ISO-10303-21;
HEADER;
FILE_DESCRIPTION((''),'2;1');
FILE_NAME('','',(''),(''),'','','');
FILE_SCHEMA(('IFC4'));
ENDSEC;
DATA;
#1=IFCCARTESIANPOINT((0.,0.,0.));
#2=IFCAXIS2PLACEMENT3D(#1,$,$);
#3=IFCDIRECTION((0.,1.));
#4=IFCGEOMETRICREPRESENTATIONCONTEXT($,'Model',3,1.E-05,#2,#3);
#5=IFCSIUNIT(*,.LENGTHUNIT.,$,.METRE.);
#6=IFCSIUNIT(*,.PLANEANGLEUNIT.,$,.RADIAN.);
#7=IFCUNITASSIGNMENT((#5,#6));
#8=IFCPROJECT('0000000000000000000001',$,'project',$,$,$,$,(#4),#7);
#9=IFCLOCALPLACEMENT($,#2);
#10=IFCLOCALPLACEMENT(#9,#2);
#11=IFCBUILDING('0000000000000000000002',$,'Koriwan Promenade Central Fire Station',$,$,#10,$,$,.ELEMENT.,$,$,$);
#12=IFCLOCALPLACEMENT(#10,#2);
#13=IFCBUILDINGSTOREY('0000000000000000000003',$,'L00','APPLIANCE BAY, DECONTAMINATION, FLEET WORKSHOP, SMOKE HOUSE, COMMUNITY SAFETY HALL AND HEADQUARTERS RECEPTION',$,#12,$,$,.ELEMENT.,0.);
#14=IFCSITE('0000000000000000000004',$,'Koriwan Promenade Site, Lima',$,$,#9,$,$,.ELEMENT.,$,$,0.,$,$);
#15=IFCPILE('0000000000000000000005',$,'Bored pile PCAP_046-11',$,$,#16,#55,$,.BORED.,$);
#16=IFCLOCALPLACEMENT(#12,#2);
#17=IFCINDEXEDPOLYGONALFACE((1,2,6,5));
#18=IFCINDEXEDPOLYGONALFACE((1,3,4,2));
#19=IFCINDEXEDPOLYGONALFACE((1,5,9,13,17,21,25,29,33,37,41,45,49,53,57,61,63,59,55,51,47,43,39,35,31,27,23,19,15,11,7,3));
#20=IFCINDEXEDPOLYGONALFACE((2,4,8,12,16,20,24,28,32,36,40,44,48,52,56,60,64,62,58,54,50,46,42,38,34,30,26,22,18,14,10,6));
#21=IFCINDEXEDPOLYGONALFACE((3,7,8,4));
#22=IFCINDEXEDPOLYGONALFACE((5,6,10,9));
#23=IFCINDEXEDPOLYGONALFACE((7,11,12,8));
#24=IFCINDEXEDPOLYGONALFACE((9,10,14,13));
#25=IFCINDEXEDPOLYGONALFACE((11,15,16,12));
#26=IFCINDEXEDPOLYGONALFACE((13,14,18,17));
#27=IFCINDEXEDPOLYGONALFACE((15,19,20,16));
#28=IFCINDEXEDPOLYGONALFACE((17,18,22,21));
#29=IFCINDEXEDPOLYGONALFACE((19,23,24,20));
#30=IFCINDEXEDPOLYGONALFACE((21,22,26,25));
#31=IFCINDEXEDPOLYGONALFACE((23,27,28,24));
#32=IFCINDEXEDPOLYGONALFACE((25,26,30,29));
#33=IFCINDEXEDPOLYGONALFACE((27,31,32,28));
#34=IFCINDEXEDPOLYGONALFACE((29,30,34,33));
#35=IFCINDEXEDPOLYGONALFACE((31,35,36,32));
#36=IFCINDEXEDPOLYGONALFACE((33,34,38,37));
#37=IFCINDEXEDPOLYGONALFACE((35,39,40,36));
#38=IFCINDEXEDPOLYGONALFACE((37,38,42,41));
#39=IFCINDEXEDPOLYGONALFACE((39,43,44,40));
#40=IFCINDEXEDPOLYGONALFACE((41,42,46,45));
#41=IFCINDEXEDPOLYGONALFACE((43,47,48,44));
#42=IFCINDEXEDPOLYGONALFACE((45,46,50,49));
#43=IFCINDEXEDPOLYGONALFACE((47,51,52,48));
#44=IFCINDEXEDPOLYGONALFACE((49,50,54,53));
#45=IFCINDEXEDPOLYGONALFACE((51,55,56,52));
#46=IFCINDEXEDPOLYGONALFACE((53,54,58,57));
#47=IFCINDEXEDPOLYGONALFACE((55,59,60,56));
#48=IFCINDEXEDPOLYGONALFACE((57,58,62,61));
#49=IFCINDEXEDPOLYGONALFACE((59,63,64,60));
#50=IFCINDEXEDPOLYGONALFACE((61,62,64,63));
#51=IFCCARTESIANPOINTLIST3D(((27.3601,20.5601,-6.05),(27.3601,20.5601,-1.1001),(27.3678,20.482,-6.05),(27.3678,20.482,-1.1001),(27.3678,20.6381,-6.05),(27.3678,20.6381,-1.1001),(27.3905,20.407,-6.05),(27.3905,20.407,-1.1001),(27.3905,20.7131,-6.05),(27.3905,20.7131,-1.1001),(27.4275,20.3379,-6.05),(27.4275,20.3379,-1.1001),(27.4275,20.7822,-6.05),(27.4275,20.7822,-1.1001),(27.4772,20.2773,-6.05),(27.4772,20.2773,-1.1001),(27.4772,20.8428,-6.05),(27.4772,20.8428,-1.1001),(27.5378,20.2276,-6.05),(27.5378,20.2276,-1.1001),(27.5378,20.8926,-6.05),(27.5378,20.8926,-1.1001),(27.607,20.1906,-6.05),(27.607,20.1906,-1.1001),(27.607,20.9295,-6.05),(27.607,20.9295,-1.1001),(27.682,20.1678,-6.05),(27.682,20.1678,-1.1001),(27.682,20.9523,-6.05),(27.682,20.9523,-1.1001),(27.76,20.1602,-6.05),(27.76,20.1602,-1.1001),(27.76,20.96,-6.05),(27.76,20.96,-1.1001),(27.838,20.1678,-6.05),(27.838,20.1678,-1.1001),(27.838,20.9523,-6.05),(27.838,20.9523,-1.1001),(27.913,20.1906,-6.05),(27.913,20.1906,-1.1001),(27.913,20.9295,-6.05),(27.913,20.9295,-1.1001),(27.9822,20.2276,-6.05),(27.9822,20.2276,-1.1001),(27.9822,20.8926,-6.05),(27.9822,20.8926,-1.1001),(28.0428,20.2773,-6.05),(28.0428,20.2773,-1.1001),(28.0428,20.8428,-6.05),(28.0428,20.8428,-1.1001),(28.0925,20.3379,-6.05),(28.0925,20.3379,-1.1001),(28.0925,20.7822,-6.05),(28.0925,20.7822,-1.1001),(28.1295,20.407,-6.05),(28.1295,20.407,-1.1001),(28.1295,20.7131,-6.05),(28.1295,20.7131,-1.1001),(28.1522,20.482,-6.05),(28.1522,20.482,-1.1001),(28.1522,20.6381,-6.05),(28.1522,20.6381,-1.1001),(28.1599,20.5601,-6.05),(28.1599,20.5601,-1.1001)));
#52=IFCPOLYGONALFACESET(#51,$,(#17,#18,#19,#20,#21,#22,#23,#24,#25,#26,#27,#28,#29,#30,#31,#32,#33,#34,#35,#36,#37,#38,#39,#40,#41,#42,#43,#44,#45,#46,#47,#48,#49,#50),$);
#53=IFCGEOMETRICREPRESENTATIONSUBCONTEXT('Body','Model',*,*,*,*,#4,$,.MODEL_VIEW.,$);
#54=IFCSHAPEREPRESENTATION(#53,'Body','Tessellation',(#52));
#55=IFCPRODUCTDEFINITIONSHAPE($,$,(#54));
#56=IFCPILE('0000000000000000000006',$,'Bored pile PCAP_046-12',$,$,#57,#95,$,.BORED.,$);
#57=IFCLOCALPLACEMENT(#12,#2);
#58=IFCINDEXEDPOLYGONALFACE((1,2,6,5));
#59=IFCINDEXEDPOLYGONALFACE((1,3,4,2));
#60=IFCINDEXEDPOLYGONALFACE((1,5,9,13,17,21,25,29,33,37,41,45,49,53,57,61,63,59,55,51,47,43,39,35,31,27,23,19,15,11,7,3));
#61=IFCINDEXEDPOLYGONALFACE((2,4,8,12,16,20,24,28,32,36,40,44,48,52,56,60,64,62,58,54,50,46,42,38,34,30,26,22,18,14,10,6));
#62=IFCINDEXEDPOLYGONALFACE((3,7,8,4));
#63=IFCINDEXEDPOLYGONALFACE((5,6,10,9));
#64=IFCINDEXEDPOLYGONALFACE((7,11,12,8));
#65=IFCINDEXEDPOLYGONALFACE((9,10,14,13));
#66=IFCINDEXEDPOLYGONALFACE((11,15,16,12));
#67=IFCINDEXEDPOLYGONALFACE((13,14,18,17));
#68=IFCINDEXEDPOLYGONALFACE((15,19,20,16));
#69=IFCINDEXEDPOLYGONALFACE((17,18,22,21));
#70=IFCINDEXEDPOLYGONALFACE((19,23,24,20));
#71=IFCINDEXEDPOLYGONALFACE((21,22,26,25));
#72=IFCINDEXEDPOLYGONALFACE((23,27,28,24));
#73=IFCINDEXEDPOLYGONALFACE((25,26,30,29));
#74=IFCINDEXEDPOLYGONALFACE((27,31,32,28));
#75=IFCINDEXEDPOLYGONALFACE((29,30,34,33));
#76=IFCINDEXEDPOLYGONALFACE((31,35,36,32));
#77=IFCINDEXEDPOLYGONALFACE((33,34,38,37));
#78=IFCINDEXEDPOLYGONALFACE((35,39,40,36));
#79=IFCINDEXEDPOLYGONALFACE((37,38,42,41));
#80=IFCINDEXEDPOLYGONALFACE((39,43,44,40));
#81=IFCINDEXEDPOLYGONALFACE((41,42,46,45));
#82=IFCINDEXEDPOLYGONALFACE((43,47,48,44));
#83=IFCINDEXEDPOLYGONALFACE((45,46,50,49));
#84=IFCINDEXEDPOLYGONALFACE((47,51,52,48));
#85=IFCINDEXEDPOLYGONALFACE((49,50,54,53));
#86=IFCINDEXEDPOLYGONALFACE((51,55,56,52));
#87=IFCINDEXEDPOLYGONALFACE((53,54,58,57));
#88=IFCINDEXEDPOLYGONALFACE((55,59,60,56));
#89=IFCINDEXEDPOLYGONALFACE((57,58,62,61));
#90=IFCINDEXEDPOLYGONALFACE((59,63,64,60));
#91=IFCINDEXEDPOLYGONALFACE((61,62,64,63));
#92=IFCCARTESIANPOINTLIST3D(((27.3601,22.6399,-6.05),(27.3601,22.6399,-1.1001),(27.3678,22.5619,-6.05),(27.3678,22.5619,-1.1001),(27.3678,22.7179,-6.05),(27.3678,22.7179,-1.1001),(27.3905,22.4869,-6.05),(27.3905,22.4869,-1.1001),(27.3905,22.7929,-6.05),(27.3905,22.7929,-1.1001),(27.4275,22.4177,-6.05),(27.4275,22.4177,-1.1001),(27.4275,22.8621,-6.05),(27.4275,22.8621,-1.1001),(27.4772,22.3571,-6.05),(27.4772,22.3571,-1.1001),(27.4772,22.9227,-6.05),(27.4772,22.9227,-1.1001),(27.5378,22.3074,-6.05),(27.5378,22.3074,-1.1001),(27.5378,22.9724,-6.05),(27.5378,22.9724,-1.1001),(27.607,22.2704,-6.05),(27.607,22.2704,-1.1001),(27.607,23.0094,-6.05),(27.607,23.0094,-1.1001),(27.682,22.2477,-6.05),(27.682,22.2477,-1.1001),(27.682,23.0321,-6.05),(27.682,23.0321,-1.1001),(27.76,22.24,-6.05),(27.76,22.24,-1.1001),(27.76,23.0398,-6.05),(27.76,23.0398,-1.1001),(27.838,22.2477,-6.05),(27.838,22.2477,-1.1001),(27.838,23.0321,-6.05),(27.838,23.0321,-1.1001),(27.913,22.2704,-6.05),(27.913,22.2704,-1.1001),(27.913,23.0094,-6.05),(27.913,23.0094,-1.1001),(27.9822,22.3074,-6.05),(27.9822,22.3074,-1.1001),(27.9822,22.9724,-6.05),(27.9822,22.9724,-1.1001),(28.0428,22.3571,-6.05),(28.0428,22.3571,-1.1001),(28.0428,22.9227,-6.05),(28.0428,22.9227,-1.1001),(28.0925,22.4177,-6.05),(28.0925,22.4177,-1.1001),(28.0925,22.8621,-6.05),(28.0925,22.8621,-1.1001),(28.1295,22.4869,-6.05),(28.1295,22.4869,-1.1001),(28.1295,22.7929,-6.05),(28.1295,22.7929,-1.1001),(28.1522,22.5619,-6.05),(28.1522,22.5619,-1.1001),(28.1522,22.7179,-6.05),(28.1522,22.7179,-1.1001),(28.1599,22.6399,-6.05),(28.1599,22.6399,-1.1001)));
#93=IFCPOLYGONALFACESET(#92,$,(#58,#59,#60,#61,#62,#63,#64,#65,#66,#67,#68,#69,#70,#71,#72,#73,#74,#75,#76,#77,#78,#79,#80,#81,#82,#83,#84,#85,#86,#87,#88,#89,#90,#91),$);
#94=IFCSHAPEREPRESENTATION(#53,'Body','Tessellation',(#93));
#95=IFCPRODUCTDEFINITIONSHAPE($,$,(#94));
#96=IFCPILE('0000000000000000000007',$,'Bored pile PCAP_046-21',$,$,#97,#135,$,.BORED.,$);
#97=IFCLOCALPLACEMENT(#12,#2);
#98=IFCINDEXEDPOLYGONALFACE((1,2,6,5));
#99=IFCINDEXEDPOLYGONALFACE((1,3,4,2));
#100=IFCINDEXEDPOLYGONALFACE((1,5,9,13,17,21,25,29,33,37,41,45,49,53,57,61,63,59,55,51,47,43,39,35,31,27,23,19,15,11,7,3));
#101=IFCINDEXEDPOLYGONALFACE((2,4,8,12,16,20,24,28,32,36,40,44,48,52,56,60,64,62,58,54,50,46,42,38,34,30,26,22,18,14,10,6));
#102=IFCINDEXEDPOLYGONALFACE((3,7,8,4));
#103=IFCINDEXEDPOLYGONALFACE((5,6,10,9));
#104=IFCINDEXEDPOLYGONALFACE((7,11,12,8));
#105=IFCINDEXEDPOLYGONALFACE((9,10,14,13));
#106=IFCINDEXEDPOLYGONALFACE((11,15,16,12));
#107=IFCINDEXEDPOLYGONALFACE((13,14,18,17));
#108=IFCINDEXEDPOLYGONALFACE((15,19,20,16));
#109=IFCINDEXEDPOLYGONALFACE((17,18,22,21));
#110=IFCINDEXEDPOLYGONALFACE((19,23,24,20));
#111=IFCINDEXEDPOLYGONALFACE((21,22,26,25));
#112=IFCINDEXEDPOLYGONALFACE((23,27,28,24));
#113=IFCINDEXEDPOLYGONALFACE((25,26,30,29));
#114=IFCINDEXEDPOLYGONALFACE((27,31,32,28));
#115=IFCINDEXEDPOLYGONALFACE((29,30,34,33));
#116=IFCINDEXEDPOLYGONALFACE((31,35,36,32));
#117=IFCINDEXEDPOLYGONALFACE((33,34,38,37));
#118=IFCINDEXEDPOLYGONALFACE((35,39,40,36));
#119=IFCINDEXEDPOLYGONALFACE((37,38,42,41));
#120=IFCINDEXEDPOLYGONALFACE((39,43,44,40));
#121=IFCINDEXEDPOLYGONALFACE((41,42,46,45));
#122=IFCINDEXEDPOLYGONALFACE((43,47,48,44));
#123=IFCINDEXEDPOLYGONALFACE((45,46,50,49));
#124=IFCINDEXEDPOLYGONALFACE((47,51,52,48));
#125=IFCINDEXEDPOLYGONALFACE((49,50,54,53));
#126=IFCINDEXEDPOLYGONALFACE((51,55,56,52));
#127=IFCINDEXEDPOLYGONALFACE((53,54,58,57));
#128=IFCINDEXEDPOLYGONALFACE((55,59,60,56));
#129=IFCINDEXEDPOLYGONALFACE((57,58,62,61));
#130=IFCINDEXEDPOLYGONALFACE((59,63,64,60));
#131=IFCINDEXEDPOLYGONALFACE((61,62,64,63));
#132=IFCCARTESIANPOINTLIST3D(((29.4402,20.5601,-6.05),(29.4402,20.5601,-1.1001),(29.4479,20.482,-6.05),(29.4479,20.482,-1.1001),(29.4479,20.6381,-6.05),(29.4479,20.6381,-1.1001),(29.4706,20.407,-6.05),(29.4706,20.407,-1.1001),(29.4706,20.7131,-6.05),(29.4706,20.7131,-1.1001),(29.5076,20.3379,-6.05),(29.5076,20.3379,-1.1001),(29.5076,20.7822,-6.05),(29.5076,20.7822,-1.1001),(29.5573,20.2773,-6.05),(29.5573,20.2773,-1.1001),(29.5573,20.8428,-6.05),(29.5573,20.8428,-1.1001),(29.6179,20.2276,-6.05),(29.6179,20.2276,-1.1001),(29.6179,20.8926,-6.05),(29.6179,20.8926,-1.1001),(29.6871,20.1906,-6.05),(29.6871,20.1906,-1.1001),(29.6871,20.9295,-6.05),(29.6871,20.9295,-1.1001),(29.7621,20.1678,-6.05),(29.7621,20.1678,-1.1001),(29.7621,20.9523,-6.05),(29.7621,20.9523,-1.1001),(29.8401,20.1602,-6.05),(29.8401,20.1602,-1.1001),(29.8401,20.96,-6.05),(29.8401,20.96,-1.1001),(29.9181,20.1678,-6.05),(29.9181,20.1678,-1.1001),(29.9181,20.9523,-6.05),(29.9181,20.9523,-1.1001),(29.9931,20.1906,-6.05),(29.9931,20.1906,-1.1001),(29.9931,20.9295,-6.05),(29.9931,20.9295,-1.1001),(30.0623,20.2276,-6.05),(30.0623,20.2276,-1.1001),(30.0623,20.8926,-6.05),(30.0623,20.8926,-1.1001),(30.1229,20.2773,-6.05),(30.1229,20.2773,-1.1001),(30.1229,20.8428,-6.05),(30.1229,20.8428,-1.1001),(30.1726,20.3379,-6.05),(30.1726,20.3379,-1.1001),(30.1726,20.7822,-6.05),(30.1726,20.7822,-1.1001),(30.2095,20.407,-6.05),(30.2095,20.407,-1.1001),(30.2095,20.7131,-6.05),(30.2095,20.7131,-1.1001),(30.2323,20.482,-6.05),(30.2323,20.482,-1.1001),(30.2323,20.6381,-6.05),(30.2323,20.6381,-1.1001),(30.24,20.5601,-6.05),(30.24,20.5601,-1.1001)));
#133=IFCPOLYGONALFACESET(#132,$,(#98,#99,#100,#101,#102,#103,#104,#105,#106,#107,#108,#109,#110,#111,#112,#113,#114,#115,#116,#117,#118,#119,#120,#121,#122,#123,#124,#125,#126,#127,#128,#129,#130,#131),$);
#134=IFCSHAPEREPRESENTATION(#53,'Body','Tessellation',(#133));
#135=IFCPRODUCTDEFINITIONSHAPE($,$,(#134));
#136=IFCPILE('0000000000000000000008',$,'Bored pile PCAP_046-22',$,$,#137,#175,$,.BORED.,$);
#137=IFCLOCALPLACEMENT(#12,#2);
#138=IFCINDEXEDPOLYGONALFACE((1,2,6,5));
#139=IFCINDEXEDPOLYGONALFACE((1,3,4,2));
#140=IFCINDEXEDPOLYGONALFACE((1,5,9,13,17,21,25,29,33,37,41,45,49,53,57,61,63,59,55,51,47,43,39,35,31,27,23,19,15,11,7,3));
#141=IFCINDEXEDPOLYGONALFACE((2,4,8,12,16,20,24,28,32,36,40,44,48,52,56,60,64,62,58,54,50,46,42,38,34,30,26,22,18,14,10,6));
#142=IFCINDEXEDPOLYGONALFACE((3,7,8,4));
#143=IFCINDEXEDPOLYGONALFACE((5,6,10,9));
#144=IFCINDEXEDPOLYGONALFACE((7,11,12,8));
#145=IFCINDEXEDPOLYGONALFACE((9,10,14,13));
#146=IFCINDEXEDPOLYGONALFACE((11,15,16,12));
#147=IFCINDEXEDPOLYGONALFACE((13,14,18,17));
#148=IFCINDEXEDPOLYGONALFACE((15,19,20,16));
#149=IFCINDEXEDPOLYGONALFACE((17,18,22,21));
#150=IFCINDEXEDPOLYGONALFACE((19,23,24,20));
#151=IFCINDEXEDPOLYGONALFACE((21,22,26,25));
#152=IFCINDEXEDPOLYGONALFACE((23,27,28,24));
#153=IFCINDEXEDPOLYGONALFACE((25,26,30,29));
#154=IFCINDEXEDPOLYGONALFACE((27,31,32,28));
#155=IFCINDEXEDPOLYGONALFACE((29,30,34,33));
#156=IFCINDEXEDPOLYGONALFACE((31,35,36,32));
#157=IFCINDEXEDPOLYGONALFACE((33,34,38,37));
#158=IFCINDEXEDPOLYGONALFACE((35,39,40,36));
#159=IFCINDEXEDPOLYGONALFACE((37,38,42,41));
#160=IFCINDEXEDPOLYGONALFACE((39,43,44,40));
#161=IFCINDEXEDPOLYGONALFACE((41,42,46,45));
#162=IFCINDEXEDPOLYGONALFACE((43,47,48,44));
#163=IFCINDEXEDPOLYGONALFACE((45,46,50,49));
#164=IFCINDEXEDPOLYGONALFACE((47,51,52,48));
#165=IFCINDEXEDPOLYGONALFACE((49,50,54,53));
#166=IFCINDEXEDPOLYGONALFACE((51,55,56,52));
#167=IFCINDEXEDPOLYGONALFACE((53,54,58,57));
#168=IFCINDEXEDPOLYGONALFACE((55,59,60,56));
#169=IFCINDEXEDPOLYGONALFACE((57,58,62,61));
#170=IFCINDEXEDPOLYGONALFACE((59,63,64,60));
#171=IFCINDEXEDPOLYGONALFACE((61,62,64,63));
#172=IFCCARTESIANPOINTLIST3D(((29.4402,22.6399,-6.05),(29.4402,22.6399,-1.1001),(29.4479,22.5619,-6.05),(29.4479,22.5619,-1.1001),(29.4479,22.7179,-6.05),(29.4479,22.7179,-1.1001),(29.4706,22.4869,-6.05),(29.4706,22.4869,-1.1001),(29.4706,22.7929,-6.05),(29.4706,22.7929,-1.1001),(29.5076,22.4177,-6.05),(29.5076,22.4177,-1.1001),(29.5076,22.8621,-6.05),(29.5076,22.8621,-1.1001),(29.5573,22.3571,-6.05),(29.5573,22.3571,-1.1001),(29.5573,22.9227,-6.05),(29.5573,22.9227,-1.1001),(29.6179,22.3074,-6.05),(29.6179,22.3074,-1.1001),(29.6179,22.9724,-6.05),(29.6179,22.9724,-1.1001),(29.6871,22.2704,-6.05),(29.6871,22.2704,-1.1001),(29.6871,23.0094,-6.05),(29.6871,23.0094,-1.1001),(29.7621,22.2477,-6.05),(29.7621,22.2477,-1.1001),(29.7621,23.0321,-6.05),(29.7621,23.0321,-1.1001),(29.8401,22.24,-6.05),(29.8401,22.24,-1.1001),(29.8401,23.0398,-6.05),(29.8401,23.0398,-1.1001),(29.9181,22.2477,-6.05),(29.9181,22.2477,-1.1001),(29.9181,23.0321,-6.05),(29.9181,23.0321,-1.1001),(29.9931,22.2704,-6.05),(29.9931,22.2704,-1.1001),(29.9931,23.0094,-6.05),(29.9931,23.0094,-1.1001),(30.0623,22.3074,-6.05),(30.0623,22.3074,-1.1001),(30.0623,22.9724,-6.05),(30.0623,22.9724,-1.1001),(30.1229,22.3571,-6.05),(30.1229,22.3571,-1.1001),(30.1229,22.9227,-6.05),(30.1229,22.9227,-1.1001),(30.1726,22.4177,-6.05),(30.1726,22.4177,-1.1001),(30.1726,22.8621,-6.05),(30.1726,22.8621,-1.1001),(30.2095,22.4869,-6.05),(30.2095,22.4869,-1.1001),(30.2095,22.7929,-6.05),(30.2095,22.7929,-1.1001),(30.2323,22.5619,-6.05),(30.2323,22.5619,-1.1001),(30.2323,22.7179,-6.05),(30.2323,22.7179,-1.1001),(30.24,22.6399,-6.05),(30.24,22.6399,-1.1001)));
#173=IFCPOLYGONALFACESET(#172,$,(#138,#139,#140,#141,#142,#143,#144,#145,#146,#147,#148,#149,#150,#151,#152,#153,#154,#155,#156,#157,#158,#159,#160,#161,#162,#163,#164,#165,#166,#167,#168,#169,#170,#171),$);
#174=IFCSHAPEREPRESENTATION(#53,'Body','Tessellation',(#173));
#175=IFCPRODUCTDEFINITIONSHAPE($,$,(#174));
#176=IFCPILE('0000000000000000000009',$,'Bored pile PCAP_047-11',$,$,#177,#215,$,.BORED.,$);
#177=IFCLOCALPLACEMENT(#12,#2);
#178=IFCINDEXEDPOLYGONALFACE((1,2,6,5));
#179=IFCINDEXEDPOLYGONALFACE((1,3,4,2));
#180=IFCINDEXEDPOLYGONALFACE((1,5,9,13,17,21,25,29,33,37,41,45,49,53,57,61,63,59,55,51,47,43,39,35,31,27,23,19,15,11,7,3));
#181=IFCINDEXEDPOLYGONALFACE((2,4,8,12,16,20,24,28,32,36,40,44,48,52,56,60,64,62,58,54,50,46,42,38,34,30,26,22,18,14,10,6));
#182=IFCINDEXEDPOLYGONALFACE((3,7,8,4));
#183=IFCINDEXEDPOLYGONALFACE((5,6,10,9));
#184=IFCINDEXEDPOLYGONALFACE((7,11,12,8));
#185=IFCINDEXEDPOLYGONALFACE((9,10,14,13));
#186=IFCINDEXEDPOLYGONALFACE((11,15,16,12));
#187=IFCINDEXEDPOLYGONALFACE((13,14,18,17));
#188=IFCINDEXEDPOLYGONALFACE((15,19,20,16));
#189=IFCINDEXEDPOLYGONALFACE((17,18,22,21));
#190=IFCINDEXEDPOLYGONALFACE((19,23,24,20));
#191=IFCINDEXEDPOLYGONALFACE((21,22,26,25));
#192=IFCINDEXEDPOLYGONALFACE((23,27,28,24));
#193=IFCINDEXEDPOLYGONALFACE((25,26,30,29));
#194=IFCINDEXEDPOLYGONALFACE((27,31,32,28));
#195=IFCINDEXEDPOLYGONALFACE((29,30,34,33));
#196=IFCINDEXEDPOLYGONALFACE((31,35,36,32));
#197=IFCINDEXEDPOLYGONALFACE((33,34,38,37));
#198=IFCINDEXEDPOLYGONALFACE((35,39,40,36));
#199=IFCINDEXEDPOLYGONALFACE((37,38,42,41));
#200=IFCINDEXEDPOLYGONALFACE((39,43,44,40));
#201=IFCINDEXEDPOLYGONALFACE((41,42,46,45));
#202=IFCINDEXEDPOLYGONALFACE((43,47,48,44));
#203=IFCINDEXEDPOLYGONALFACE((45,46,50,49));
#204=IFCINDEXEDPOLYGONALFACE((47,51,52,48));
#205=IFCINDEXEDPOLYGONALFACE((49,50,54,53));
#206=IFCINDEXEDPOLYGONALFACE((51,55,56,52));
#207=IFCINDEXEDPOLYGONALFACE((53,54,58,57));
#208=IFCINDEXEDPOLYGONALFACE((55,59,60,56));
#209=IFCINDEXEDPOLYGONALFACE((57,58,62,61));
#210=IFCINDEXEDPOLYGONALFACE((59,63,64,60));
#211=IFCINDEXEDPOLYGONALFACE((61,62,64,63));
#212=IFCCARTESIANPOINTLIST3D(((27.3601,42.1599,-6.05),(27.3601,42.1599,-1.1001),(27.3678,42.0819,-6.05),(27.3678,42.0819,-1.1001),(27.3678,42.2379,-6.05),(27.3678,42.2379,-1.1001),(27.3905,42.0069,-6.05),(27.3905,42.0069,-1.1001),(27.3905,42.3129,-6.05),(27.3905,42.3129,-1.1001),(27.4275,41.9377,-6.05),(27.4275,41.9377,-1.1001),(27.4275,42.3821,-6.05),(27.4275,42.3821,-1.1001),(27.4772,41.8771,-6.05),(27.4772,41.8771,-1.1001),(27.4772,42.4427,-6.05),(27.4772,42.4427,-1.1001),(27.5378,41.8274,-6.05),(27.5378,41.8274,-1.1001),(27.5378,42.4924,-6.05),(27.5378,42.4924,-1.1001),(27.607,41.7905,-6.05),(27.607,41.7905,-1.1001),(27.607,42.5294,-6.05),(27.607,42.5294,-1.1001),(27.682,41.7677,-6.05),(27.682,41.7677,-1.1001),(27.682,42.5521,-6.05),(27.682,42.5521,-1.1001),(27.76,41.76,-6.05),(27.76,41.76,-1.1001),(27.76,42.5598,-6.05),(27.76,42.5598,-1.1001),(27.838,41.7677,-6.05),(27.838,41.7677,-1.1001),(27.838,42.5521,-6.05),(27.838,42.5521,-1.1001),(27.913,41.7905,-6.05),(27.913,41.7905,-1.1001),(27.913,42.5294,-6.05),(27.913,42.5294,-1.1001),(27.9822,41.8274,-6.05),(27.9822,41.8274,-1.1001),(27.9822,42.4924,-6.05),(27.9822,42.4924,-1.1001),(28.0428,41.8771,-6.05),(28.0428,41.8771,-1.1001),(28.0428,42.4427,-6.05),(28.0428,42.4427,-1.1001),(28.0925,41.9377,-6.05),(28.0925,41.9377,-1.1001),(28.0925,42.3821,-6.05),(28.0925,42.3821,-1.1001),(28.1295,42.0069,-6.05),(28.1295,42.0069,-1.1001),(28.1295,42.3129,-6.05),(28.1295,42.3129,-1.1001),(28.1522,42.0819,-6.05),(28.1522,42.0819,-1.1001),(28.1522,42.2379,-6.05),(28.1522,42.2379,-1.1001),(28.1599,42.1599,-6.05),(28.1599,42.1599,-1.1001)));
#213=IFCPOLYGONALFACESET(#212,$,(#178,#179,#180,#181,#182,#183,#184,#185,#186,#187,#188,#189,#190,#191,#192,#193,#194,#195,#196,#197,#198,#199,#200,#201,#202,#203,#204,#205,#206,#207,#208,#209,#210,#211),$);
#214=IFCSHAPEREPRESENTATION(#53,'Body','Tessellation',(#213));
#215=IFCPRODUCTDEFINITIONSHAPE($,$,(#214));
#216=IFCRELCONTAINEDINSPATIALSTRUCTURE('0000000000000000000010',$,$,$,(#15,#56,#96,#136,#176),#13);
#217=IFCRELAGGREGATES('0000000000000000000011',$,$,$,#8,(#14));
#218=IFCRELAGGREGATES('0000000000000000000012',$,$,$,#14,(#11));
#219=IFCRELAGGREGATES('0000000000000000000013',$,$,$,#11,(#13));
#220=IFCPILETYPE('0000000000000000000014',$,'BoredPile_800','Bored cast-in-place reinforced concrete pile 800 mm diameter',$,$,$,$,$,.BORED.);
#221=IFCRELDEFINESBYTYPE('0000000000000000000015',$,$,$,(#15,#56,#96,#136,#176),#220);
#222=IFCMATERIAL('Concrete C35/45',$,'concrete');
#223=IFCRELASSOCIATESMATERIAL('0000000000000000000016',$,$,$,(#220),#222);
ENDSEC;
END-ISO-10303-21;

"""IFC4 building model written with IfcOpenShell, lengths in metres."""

from ifc_helpers import new_model, si_unit, direction, frame, origin, origin_2d, place, context, subcontext, project, spatial, circle, extrude, material, material_profile, profile_set, type_object, element, save


model = new_model("IFC4")

# Units and contexts
model_context = context("Model", 3, precision=1e-05, world=origin(), true_north=direction((0.0, 1.0)))
body_context = subcontext(model_context, "Body", "Model", "MODEL_VIEW")
ifc_project = project(units=[si_unit("LENGTHUNIT", "METRE"), si_unit("PLANEANGLEUNIT", "RADIAN")], contexts=[model_context])

# Site, building, storey
site_placement = place(None, origin())
site = spatial("IfcSite", under=ifc_project, at=site_placement, Name="Koriwan Promenade Site, Lima", CompositionType="ELEMENT", RefElevation=0.0)
building_placement = place(site_placement, origin())
building = spatial("IfcBuilding", under=site, at=building_placement, Name="Koriwan Promenade Central Fire Station", CompositionType="ELEMENT")
storey_placement = place(building_placement, origin())
storey = spatial("IfcBuildingStorey", under=building, at=storey_placement, Name="L00", Description="APPLIANCE BAY, DECONTAMINATION, FLEET WORKSHOP, SMOKE HOUSE, COMMUNITY SAFETY HALL AND HEADQUARTERS RECEPTION", CompositionType="ELEMENT", Elevation=0.0)

# Piles
ifc_material_1 = material(Name="Concrete C35/45", Category="concrete")
ifc_material_profile_1 = material_profile(ifc_material_1, circle(Radius=0.3999, at=origin_2d()), Name="PILE-D800")
ifc_profile_set_1 = profile_set([ifc_material_profile_1], Name="Concrete C35/45")
pile_type = type_object("IfcPileType", Name="BoredPile_800", Description="Bored cast-in-place reinforced concrete pile 800 mm diameter", PredefinedType="BORED", material=ifc_profile_set_1)
for number, where, z_axis, x_axis, name in (
    (1, (27.76, 20.5601, -1.1001), (0.0, 0.0, -1.0), (1.0, 0.0, 0.0), "Bored pile PCAP_046-11"),
    (2, (27.76, 22.6399, -1.1001), (0.0, 0.0, -1.0), (1.0, 0.0, 0.0), "Bored pile PCAP_046-12"),
    (3, (29.8401, 20.5601, -1.1001), (0.0, 0.0, -1.0), (1.0, 0.0, 0.0), "Bored pile PCAP_046-21"),
    (4, (29.8401, 22.6399, -1.1001), (0.0, 0.0, -1.0), (1.0, 0.0, 0.0), "Bored pile PCAP_046-22"),
    (5, (27.76, 42.1599, -1.1001), (0.0, 0.0, -1.0), (1.0, 0.0, 0.0), "Bored pile PCAP_047-11"),
):
    element("IfcPile", number, at=place(storey_placement, frame(where, z_axis=z_axis, x_axis=x_axis)), inside=storey, type_object=pile_type, Name=name, PredefinedType="BORED", context=body_context, shape_type="SweptSolid", body=[
        extrude(circle(Radius=0.3999, at=origin_2d()), origin(), (0.0, 0.0, 1.0), 4.95),
    ])

save(model, "model.ifc")
